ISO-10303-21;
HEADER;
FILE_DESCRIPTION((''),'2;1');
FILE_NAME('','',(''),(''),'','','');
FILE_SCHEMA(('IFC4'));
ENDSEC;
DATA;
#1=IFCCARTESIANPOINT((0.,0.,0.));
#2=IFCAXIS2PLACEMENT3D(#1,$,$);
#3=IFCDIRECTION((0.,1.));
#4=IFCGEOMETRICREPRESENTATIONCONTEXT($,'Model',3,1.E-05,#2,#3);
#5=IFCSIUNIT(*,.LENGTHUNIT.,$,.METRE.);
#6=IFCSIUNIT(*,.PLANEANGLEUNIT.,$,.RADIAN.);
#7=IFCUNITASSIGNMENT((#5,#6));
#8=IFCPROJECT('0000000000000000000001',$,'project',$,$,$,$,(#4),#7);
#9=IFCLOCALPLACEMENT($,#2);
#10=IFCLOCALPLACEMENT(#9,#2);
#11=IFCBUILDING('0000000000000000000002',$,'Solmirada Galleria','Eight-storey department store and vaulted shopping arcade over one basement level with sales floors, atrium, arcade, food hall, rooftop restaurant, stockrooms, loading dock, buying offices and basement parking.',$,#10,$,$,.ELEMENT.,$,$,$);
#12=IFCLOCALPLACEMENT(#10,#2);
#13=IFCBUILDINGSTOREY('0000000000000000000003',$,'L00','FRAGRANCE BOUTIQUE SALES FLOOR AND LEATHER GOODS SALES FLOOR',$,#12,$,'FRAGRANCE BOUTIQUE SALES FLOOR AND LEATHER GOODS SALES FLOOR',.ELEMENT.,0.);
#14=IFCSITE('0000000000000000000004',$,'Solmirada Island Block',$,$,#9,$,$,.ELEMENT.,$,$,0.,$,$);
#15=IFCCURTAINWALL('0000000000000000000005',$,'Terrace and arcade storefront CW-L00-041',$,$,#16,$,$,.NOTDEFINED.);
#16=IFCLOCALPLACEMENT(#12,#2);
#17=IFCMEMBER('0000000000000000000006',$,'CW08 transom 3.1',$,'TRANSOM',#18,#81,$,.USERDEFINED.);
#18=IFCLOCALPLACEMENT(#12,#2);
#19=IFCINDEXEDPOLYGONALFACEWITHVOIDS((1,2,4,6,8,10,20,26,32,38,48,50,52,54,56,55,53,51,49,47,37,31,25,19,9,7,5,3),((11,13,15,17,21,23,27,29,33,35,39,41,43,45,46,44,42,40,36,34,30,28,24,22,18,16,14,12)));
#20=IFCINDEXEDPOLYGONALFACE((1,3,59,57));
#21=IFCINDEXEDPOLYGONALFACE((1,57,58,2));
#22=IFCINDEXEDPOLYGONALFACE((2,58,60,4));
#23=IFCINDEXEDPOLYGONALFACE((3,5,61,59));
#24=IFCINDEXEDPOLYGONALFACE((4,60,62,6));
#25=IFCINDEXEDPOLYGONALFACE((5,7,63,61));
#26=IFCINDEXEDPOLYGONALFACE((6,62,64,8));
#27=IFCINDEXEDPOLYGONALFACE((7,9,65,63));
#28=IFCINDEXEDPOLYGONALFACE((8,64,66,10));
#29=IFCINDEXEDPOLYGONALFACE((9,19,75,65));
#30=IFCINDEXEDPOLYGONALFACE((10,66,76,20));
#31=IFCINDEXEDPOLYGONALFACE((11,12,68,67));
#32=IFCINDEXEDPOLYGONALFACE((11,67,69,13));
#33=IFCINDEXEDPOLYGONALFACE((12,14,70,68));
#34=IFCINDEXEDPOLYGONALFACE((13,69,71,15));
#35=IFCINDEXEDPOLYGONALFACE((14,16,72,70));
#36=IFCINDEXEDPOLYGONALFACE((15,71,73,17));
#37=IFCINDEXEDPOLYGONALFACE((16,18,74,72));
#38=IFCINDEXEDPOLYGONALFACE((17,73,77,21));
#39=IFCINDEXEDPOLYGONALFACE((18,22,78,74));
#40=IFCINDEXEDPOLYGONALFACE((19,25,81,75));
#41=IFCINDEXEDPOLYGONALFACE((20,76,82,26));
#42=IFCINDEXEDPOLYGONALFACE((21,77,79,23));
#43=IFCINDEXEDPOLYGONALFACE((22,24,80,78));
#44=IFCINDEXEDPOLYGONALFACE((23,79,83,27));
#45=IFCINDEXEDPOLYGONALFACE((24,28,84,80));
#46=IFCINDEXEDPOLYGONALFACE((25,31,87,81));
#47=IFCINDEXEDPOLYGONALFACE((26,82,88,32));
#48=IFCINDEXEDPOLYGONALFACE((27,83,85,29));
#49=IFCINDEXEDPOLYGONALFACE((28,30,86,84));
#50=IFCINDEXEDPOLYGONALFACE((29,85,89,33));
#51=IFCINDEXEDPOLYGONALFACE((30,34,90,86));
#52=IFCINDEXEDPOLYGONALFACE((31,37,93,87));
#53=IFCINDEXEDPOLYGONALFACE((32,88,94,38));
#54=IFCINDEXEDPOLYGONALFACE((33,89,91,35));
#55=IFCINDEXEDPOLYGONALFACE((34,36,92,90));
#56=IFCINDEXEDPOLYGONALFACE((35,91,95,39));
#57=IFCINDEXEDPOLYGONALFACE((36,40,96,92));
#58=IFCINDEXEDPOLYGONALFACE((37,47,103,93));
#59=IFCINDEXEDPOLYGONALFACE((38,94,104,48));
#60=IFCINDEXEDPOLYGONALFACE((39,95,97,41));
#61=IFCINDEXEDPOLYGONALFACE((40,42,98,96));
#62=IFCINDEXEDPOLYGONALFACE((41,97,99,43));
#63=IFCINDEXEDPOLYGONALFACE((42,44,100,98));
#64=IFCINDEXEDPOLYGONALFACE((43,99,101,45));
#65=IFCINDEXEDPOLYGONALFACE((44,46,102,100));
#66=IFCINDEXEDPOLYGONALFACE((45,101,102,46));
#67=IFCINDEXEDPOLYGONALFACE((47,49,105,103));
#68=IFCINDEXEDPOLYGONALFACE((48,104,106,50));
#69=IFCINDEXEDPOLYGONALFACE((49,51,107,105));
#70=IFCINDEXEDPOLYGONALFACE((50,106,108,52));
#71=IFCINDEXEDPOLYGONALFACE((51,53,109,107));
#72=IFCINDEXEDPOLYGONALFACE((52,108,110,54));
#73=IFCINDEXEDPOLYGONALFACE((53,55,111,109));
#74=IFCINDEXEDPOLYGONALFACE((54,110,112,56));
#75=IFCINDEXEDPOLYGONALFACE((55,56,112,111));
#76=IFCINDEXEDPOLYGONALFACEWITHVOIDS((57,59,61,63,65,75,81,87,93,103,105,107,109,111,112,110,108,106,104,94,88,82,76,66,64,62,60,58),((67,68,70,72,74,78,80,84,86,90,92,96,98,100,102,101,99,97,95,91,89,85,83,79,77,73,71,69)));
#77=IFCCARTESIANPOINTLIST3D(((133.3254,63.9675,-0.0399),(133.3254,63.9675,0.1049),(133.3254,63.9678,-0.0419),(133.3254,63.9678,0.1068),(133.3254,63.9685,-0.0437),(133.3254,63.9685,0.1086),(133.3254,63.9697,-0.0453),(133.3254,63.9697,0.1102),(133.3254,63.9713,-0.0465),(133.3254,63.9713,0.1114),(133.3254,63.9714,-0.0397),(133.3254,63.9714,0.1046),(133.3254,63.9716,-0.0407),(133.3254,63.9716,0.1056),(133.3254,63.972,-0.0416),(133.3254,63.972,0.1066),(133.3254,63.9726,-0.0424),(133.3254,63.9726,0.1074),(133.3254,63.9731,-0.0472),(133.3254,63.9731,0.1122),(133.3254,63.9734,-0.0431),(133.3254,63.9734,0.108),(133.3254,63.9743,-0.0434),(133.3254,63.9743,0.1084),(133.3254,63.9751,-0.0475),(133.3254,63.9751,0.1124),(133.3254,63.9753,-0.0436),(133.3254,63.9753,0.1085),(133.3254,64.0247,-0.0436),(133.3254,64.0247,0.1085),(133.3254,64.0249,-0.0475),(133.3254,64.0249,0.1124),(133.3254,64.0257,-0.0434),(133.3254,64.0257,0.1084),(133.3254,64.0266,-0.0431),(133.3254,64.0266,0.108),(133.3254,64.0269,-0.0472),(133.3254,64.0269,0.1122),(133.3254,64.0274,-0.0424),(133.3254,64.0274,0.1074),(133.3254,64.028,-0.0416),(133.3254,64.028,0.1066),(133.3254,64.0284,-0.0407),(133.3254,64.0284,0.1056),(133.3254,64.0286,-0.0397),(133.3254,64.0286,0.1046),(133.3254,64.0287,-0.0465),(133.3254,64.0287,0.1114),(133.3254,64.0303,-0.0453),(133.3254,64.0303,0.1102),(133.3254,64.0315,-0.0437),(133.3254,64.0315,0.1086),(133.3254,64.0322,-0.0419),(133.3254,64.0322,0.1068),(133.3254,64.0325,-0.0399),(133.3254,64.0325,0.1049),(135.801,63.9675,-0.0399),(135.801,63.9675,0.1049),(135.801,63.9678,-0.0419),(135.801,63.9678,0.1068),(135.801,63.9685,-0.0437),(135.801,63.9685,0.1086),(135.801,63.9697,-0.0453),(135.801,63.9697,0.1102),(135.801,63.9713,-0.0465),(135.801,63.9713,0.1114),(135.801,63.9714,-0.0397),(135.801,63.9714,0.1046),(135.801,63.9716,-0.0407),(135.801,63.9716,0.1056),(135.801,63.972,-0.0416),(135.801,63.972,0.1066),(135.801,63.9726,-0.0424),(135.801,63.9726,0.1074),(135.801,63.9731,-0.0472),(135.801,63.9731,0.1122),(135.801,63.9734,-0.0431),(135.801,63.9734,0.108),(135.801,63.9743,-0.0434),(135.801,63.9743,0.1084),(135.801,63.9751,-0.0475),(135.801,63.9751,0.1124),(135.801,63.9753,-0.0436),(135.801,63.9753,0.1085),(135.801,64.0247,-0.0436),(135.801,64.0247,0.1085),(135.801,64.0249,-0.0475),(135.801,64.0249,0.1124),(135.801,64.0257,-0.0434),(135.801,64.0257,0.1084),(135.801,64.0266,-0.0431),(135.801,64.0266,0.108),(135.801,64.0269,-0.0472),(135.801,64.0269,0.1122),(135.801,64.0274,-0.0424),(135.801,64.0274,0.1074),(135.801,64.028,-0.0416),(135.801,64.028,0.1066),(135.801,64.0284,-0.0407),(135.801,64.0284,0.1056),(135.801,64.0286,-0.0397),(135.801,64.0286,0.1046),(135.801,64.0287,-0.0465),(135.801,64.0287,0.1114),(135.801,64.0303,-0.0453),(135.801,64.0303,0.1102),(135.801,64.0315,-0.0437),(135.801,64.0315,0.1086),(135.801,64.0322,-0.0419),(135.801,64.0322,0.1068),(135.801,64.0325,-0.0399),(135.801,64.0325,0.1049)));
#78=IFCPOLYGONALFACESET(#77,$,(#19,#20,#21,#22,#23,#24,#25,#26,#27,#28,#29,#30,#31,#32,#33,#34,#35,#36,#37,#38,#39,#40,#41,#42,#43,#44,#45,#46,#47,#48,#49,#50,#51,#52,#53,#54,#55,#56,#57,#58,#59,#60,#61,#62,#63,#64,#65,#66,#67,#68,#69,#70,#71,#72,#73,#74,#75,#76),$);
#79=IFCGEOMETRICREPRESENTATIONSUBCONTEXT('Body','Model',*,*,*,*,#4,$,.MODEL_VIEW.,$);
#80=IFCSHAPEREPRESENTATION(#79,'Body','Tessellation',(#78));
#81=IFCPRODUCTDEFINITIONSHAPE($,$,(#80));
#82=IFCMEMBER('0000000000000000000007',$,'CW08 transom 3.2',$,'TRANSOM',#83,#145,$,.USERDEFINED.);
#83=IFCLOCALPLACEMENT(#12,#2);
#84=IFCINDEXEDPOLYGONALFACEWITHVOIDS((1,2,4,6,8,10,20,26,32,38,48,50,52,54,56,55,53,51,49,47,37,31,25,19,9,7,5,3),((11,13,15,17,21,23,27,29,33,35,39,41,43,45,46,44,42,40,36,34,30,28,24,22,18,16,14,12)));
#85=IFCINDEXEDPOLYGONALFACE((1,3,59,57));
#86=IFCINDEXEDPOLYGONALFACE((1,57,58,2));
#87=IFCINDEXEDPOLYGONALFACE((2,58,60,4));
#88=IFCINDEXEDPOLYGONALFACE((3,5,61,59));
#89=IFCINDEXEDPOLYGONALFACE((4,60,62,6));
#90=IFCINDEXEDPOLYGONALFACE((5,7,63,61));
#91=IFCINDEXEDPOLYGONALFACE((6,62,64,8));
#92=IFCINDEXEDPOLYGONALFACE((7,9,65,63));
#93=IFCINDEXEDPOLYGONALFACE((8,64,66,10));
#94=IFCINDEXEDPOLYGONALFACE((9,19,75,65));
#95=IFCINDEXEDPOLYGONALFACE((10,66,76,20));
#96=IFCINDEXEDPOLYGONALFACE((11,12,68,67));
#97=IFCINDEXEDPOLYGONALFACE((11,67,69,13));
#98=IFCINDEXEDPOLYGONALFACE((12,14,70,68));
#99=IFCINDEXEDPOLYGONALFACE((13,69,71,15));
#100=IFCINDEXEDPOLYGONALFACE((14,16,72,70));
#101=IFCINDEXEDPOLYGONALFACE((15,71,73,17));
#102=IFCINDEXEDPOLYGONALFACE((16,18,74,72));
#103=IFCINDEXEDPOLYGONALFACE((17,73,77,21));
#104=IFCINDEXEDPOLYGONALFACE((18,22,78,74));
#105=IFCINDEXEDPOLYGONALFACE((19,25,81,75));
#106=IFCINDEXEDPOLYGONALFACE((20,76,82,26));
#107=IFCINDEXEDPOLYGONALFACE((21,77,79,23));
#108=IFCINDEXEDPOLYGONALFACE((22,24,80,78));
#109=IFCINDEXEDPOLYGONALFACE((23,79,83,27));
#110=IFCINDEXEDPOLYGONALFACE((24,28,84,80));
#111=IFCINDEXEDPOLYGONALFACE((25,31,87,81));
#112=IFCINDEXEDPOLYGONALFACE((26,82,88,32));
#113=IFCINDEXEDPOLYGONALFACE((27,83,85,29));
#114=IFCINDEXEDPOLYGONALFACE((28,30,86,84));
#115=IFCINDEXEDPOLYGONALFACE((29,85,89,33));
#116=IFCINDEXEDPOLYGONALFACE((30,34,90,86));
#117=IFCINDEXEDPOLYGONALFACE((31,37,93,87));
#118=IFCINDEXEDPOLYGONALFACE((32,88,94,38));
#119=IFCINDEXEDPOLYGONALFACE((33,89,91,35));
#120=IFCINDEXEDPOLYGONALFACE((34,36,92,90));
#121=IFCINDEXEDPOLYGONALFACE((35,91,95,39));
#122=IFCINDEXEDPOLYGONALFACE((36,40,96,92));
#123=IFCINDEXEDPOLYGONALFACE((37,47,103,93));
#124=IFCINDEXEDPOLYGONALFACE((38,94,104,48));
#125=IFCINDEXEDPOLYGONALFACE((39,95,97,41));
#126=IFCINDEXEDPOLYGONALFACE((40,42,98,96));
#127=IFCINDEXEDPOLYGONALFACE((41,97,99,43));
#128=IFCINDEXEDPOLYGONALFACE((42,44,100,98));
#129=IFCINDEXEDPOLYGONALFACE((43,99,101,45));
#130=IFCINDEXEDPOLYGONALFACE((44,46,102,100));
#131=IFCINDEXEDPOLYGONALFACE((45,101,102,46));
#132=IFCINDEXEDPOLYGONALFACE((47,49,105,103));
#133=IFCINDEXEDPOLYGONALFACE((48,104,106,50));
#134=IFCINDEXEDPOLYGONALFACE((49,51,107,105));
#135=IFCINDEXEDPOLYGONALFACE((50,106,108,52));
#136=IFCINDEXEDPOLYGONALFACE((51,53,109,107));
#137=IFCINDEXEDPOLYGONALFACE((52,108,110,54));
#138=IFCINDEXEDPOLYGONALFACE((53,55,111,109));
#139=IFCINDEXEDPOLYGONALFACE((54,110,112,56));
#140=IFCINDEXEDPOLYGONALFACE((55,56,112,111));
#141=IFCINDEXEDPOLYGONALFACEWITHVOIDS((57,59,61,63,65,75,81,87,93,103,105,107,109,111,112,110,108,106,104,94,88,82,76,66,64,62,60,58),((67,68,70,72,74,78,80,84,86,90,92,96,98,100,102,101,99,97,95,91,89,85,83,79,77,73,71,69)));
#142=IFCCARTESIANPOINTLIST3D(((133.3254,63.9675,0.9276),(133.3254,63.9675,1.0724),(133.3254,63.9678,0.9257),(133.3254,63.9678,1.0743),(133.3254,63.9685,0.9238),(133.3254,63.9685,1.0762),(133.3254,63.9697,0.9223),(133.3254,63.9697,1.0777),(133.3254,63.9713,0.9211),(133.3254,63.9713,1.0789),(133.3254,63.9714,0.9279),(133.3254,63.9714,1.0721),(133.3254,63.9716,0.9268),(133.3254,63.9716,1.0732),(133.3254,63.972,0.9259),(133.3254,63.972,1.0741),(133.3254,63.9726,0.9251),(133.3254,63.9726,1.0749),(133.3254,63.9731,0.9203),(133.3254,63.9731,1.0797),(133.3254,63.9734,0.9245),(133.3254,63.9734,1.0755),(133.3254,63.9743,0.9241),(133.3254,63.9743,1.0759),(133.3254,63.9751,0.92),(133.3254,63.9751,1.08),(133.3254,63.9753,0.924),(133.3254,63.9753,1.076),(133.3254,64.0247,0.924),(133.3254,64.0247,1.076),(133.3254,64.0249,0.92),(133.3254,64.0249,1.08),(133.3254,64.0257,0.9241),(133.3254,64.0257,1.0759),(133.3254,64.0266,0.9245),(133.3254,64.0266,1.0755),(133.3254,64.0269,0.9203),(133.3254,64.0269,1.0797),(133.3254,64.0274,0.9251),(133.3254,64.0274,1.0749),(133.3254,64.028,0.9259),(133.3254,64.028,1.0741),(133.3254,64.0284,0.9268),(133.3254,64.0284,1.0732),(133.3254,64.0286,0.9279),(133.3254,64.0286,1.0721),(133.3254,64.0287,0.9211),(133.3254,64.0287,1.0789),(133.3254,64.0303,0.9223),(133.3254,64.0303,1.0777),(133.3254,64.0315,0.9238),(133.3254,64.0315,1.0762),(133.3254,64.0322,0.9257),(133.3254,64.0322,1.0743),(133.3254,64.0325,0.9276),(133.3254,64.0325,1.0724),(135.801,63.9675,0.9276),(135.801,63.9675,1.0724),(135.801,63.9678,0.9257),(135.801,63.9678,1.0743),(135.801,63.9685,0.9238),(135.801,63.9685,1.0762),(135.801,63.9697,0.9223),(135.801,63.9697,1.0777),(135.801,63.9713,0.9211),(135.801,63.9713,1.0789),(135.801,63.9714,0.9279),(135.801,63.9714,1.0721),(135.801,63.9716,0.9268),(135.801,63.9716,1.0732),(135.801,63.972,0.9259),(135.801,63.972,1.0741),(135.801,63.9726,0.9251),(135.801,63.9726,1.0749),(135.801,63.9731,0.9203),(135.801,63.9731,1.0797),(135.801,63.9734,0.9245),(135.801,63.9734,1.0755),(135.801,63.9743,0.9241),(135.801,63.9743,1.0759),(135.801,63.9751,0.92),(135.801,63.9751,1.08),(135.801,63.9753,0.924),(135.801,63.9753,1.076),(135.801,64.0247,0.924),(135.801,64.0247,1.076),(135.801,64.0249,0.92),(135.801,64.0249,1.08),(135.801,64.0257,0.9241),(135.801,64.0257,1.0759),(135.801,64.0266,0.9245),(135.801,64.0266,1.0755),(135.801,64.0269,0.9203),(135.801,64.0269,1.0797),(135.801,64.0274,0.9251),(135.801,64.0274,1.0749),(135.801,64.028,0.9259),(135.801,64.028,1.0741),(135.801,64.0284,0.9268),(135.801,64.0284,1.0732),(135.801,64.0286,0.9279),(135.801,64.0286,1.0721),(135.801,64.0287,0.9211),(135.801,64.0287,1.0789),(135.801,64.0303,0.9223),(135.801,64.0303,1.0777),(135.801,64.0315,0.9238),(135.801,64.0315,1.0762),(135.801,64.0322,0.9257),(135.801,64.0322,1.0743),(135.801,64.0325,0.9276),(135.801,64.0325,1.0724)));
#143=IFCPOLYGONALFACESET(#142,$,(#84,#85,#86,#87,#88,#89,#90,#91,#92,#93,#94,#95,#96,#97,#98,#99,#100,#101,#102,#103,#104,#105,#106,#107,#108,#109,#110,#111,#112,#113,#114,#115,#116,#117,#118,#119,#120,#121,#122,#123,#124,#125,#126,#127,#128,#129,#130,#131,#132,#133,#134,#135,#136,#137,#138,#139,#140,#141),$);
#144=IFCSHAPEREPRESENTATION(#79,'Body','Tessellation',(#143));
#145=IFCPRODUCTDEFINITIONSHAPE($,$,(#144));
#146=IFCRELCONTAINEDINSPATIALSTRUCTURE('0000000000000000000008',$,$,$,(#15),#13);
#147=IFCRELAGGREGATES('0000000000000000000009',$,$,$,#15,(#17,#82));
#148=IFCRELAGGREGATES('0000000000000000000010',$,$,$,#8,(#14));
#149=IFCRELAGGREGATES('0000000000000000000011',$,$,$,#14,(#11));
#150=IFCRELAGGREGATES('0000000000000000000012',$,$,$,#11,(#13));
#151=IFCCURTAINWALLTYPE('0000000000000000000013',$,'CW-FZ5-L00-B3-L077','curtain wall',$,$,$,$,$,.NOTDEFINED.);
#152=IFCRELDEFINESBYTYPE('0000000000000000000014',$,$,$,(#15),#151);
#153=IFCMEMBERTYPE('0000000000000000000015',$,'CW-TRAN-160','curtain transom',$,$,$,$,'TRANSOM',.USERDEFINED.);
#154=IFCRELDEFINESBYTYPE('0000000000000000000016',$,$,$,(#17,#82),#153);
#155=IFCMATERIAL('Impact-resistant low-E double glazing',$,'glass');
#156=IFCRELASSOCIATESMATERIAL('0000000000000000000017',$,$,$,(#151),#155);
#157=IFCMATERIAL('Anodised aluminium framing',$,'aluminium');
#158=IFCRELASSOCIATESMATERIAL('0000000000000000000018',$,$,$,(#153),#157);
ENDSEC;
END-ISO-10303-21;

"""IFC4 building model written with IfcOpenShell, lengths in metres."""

from ifc_helpers import new_model, si_unit, direction, frame, origin, origin_2d, place, context, subcontext, project, spatial, hollow_rectangle, extrude, material, material_profile, profile_set, type_object, element, aggregate, save


model = new_model("IFC4")

# Units and contexts
model_context = context("Model", 3, precision=1e-05, world=origin(), true_north=direction((0.0, 1.0)))
body_context = subcontext(model_context, "Body", "Model", "MODEL_VIEW")
ifc_project = project(units=[si_unit("LENGTHUNIT", "METRE"), si_unit("PLANEANGLEUNIT", "RADIAN")], contexts=[model_context])

# Site, building, storey
site_placement = place(None, origin())
site = spatial("IfcSite", under=ifc_project, at=site_placement, Name="Solmirada Island Block", CompositionType="ELEMENT", RefElevation=0.0)
building_placement = place(site_placement, origin())
building = spatial("IfcBuilding", under=site, at=building_placement, Name="Solmirada Galleria", Description="Eight-storey department store and vaulted shopping arcade over one basement level with sales floors, atrium, arcade, food hall, rooftop restaurant, stockrooms, loading dock, buying offices and basement parking.", CompositionType="ELEMENT")
storey_placement = place(building_placement, origin())
storey = spatial("IfcBuildingStorey", under=building, at=storey_placement, Name="L00", Description="FRAGRANCE BOUTIQUE SALES FLOOR AND LEATHER GOODS SALES FLOOR", LongName="FRAGRANCE BOUTIQUE SALES FLOOR AND LEATHER GOODS SALES FLOOR", CompositionType="ELEMENT", Elevation=0.0)

# Curtain wall, members
ifc_material_1 = material(Name="Impact-resistant low-E double glazing", Category="glass")
curtain_wall_type = type_object("IfcCurtainWallType", Name="CW-FZ5-L00-B3-L077", Description="curtain wall", PredefinedType="NOTDEFINED", material=ifc_material_1)
curtain_wall_placement = place(storey_placement, origin())
curtain_wall = element("IfcCurtainWall", 1, at=curtain_wall_placement, inside=storey, type_object=curtain_wall_type, Name="Terrace and arcade storefront CW-L00-041", PredefinedType="NOTDEFINED")
ifc_material_2 = material(Name="Anodised aluminium framing", Category="aluminium")
ifc_material_profile_1 = material_profile(ifc_material_2, hollow_rectangle(XDim=0.0649, YDim=0.1599, WallThickness=0.0039, InnerFilletRadius=0.0039, OuterFilletRadius=0.0076, at=origin_2d()), Name="ALU-TRAN-160X65")
ifc_profile_set_1 = profile_set([ifc_material_profile_1], Name="Anodised aluminium framing")
member_type_1 = type_object("IfcMemberType", Name="CW-TRAN-160", Description="curtain transom", ElementType="TRANSOM", PredefinedType="USERDEFINED", material=ifc_profile_set_1)
member_1_placement = place(storey_placement, frame((133.3254, 64.0, 0.0325), z_axis=(1.0, 0.0, 0.0), x_axis=(0.0, 1.0, 0.0)))
member_1 = element("IfcMember", 2, at=member_1_placement, type_object=member_type_1, Name="CW08 transom 3.1", ObjectType="TRANSOM", PredefinedType="USERDEFINED", context=body_context, shape_type="SweptSolid", body=[
    extrude(hollow_rectangle(XDim=0.0649, YDim=0.1599, WallThickness=0.0039, InnerFilletRadius=0.0039, OuterFilletRadius=0.0076, at=origin_2d()), origin(), (0.0, 0.0, 1.0), 2.4756),
])
member_2_placement = place(storey_placement, frame((133.3254, 64.0, 1.0), z_axis=(1.0, 0.0, 0.0), x_axis=(0.0, 1.0, 0.0)))
member_2 = element("IfcMember", 3, at=member_2_placement, type_object=member_type_1, Name="CW08 transom 3.2", ObjectType="TRANSOM", PredefinedType="USERDEFINED", context=body_context, shape_type="SweptSolid", body=[
    extrude(hollow_rectangle(XDim=0.0649, YDim=0.1599, WallThickness=0.0039, InnerFilletRadius=0.0039, OuterFilletRadius=0.0076, at=origin_2d()), origin(), (0.0, 0.0, 1.0), 2.4756),
])
aggregate(curtain_wall, [member_1, member_2])

save(model, "model.ifc")
